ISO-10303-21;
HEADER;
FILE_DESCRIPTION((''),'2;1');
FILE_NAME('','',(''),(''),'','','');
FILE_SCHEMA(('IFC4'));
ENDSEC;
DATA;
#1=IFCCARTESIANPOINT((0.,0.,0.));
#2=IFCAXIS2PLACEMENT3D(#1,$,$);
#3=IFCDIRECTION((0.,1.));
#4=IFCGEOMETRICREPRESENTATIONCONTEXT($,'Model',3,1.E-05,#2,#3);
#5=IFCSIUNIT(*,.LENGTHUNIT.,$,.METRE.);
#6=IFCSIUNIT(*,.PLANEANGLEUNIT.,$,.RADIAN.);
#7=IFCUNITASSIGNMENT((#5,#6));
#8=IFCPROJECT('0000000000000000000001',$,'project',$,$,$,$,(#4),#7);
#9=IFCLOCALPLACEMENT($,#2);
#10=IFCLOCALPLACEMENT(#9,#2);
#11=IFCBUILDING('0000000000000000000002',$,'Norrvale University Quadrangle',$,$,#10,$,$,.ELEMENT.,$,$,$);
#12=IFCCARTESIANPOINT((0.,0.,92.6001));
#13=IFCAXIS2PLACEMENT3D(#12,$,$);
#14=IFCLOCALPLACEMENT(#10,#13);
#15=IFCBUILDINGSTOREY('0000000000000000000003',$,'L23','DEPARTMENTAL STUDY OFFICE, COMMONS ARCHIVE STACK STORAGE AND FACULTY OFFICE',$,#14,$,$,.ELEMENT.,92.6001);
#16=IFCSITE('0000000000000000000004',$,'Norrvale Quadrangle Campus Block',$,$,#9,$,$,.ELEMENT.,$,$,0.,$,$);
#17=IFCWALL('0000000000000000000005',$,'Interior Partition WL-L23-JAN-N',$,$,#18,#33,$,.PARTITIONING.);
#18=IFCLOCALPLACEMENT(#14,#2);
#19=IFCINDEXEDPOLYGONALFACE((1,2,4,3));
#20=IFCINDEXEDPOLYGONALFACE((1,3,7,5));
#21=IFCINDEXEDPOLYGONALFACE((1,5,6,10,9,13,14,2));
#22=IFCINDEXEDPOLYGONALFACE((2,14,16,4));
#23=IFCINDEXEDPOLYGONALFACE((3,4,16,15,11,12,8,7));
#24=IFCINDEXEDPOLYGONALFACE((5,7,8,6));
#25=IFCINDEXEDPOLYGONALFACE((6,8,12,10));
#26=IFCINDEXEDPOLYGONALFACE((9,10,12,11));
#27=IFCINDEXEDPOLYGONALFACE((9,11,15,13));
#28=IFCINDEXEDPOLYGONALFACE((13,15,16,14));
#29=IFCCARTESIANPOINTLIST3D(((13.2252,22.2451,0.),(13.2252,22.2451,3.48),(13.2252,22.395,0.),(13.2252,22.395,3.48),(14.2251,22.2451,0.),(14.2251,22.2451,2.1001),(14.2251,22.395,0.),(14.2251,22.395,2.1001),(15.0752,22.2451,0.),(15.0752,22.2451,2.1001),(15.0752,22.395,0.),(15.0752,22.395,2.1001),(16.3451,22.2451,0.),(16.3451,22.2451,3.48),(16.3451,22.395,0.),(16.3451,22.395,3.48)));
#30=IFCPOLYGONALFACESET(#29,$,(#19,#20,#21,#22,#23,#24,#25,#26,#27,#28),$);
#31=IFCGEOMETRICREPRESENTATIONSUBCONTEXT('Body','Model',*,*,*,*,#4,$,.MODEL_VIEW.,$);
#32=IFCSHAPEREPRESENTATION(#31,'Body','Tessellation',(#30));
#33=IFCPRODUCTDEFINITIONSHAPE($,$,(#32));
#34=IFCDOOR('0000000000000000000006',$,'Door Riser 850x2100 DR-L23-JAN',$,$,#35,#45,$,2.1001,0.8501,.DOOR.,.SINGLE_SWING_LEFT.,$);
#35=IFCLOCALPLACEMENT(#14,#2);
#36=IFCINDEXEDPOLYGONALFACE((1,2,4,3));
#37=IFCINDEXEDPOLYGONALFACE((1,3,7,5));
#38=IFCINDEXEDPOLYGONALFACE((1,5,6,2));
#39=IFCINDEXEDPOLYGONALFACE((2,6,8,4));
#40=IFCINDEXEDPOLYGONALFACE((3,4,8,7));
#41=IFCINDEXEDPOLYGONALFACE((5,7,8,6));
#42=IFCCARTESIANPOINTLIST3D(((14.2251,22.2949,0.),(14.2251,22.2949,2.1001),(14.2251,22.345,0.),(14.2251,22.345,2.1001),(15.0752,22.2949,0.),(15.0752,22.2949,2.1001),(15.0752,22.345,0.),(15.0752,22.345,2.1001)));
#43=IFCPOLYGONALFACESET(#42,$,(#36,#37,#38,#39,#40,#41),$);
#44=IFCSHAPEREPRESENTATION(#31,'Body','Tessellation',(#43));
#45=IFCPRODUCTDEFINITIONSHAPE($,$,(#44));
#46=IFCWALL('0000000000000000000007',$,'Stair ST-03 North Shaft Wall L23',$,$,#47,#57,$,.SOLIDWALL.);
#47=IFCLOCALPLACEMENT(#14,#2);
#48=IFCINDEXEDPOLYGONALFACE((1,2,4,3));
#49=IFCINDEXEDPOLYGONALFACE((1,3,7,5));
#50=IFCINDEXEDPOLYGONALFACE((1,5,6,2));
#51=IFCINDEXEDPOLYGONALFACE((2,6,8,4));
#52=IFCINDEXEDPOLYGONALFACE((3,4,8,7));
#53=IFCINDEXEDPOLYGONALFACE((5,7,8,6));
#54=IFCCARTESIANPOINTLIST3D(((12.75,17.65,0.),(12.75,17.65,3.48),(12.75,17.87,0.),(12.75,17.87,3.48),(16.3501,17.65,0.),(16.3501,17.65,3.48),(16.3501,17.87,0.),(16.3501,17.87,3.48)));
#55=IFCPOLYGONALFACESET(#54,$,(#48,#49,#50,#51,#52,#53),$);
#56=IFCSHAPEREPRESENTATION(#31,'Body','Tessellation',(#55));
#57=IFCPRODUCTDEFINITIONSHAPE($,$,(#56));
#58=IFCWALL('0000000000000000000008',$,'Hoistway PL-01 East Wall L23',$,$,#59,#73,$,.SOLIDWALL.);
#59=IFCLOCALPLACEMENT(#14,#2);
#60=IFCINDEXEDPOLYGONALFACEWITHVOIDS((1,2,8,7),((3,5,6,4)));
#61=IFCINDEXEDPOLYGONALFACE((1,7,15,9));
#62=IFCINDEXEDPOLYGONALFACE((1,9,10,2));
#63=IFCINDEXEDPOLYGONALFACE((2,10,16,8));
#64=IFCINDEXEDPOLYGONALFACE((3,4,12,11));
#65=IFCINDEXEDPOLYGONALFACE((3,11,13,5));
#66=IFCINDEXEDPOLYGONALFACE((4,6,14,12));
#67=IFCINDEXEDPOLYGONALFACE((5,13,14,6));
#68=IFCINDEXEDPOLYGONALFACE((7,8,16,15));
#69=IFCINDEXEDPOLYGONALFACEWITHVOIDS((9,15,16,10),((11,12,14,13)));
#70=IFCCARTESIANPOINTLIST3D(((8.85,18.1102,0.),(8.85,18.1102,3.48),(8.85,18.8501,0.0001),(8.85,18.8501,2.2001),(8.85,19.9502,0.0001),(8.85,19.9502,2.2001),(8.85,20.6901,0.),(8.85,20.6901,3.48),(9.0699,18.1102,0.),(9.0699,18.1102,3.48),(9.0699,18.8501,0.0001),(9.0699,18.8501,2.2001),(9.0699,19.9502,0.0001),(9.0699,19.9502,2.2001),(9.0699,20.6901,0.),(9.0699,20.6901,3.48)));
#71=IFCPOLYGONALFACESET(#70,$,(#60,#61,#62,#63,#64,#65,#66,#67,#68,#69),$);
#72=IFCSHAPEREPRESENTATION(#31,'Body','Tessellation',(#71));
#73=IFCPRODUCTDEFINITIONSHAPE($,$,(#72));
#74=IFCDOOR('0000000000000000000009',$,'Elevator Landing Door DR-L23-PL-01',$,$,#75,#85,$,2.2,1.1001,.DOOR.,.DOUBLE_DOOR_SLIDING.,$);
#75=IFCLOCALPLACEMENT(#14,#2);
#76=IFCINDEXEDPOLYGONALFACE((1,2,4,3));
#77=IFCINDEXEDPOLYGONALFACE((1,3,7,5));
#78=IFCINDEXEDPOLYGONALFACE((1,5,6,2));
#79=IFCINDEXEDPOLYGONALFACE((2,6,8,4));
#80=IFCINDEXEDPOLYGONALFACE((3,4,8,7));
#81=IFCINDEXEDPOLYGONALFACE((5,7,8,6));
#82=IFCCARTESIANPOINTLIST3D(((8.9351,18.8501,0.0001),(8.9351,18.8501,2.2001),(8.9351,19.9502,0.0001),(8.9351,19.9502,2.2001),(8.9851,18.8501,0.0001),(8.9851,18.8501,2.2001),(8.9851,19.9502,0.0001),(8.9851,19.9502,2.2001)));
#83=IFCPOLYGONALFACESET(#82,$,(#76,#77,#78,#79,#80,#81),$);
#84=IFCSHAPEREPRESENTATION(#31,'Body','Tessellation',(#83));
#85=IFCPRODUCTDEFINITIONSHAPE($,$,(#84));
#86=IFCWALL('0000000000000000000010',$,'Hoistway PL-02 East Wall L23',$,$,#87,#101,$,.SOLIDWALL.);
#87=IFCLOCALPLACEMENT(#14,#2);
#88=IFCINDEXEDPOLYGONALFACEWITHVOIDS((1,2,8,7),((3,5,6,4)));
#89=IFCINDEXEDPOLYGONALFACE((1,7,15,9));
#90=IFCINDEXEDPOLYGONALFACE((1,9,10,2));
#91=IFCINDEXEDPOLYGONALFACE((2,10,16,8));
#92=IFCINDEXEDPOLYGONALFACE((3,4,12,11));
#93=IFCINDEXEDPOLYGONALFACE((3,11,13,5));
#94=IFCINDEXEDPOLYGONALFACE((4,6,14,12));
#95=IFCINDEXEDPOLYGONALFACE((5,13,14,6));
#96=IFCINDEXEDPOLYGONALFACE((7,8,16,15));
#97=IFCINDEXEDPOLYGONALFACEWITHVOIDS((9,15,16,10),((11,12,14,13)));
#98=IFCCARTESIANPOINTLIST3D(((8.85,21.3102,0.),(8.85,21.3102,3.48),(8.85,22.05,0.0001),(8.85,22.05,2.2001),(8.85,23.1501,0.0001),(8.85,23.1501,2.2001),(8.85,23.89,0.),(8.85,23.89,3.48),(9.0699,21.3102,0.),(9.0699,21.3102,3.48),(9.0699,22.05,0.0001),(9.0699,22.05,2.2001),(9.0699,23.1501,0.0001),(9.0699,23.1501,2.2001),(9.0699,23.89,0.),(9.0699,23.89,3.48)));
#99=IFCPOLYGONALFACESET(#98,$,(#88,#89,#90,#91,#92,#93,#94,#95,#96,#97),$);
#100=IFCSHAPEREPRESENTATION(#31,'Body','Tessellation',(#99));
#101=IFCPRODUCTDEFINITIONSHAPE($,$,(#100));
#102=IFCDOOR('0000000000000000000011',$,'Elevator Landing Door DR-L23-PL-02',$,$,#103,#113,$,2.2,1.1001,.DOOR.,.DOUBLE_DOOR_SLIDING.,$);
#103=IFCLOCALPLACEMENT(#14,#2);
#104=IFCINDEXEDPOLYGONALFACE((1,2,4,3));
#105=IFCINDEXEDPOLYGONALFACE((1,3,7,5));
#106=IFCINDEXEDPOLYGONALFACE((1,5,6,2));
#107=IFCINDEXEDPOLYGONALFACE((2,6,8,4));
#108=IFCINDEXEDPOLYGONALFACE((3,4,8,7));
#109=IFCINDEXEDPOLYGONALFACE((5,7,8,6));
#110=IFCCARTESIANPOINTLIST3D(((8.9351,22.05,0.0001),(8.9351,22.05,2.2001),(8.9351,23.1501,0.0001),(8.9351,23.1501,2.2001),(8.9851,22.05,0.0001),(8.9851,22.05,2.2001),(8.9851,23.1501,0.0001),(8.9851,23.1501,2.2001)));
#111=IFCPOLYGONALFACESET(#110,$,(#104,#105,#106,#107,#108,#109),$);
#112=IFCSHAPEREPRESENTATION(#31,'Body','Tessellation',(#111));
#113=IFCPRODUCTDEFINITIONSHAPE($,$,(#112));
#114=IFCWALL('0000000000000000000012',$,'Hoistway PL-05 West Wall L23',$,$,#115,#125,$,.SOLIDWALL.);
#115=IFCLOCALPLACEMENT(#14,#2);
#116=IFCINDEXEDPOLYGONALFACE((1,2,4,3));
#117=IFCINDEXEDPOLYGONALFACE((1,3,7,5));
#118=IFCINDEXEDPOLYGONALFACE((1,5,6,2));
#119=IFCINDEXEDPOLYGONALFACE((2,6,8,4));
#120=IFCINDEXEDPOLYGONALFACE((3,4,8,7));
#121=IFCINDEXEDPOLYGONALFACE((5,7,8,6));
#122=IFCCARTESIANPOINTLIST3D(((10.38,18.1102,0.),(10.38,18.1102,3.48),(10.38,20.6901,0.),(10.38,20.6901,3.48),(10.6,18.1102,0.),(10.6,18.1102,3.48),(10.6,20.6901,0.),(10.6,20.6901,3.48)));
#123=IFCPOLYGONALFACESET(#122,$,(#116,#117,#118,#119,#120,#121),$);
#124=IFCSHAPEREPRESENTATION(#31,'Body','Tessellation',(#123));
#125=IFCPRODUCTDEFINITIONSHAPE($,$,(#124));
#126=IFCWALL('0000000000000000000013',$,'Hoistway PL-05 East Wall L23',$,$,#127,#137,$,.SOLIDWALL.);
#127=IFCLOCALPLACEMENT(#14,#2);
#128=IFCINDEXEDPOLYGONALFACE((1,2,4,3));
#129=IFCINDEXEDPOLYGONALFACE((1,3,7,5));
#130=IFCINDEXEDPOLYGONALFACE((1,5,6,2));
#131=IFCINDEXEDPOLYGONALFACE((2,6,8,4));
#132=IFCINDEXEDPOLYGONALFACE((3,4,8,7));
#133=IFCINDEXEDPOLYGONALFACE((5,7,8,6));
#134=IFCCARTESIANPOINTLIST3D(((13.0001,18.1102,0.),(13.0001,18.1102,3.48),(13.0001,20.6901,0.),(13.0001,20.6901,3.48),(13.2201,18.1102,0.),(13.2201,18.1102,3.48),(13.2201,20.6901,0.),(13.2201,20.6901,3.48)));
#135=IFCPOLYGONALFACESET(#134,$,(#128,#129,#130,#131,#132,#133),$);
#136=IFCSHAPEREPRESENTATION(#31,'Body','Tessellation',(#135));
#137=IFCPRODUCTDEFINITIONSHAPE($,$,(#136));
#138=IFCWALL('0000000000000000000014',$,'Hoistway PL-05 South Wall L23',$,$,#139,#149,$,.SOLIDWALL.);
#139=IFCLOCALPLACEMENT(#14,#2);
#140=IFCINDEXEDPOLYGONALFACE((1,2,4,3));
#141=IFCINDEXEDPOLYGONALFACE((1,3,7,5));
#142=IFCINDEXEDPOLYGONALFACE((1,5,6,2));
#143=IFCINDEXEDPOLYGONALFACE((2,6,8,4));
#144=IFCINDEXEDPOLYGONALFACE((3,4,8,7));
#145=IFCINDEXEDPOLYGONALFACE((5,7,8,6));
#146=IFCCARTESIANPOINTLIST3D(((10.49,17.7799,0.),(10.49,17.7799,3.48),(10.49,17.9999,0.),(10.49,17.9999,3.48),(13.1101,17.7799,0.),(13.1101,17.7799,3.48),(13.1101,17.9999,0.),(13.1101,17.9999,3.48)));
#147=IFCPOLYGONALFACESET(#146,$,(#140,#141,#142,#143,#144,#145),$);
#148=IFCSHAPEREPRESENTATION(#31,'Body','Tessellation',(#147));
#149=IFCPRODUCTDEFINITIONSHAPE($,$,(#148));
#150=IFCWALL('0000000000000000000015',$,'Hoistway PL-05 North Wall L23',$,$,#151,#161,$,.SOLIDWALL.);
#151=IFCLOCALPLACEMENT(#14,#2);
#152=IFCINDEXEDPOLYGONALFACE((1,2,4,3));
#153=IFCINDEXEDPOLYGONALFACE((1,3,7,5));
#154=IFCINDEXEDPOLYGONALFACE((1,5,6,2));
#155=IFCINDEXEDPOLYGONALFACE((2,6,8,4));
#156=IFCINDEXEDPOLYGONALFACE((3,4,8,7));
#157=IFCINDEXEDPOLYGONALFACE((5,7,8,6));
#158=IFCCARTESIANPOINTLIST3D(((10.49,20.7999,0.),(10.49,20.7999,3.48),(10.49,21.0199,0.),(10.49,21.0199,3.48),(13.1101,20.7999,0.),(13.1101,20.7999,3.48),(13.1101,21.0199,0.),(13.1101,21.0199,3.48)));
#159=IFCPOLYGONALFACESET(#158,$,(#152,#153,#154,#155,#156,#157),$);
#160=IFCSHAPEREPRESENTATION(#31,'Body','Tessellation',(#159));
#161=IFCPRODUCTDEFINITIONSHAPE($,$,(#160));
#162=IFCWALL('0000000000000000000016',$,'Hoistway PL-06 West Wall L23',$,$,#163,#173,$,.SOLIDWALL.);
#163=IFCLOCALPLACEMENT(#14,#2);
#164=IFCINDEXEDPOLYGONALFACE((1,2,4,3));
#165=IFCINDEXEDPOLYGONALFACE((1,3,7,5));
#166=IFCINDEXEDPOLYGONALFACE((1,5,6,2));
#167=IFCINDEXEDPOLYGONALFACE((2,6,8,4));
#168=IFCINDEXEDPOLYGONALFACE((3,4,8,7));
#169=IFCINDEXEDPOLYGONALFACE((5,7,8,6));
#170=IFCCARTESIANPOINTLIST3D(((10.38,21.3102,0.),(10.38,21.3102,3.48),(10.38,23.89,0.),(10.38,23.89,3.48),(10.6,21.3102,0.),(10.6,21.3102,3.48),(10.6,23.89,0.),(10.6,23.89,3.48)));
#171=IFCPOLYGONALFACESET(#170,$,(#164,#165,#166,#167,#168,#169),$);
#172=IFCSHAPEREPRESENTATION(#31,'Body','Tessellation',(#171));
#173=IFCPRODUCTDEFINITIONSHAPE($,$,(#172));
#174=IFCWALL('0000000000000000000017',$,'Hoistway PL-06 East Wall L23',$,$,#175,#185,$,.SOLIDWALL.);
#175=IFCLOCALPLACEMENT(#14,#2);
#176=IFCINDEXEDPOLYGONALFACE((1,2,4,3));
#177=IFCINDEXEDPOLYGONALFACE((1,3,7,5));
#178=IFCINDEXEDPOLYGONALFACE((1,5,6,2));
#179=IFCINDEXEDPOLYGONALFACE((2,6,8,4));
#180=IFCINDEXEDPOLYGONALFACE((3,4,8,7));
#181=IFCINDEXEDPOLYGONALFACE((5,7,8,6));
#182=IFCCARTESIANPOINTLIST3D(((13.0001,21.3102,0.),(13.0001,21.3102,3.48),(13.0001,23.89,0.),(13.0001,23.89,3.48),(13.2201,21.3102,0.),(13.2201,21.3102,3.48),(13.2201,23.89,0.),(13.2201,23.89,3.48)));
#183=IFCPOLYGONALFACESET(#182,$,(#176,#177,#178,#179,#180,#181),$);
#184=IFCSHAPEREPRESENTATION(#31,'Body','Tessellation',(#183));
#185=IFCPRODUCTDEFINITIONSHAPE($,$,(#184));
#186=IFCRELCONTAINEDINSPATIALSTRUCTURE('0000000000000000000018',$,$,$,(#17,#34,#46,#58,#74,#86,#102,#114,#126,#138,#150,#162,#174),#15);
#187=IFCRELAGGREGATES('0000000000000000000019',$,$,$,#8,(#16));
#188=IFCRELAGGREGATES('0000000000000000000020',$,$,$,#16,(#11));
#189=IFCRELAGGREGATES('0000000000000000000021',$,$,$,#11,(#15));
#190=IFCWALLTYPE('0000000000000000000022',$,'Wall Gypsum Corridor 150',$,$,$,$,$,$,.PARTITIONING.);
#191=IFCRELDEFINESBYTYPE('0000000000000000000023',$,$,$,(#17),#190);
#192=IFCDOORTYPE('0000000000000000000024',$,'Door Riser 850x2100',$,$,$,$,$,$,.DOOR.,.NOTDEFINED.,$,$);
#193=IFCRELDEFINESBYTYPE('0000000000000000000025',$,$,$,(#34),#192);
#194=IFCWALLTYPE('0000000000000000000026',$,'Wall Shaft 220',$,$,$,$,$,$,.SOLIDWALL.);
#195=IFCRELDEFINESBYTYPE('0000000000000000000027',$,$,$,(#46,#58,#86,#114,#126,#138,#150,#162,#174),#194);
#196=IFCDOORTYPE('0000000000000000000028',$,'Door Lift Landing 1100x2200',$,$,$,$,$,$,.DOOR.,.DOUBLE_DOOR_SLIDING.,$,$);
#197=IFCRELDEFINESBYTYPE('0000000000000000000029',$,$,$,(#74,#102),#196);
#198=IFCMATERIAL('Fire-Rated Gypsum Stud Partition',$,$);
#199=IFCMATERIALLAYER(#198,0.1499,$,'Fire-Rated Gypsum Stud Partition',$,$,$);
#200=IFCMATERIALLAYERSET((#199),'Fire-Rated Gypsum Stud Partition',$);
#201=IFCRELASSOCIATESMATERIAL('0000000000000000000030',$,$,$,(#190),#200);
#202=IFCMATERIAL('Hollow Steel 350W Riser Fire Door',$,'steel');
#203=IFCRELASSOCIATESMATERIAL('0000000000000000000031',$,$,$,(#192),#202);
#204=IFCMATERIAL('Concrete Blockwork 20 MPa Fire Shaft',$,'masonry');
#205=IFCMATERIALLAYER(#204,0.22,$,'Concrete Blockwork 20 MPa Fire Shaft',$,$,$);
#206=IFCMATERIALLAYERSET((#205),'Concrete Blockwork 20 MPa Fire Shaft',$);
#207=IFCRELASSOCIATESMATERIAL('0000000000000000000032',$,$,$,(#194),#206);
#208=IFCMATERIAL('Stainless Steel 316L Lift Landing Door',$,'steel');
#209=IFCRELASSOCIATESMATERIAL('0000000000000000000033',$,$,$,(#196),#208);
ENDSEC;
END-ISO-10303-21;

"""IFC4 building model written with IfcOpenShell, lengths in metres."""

from ifc_helpers import new_model, si_unit, direction, frame, frame_2d, origin, place, context, subcontext, project, spatial, rectangle, extrude, material, layer, layer_set, type_object, element, fill, save


model = new_model("IFC4")

# Units and contexts
model_context = context("Model", 3, precision=1e-05, world=origin(), true_north=direction((0.0, 1.0)))
body_context = subcontext(model_context, "Body", "Model", "MODEL_VIEW")
ifc_project = project(units=[si_unit("LENGTHUNIT", "METRE"), si_unit("PLANEANGLEUNIT", "RADIAN")], contexts=[model_context])

# Site, building, storey
site_placement = place(None, origin())
site = spatial("IfcSite", under=ifc_project, at=site_placement, Name="Norrvale Quadrangle Campus Block", CompositionType="ELEMENT", RefElevation=0.0)
building_placement = place(site_placement, origin())
building = spatial("IfcBuilding", under=site, at=building_placement, Name="Norrvale University Quadrangle", CompositionType="ELEMENT")
storey_placement = place(building_placement, frame((0.0, 0.0, 92.6001)))
storey = spatial("IfcBuildingStorey", under=building, at=storey_placement, Name="L23", Description="DEPARTMENTAL STUDY OFFICE, COMMONS ARCHIVE STACK STORAGE AND FACULTY OFFICE", CompositionType="ELEMENT", Elevation=92.6001)

# Shared definitions
ifc_material_1 = material(Name="Fire-Rated Gypsum Stud Partition")
ifc_layer_1 = layer(ifc_material_1, 0.1499, Name="Fire-Rated Gypsum Stud Partition")
ifc_layer_set_1 = layer_set([ifc_layer_1], Name="Fire-Rated Gypsum Stud Partition")
wall_type_1 = type_object("IfcWallType", Name="Wall Gypsum Corridor 150", PredefinedType="PARTITIONING", material=ifc_layer_set_1)
ifc_material_2 = material(Name="Hollow Steel 350W Riser Fire Door", Category="steel")
door_type_1 = type_object("IfcDoorType", Name="Door Riser 850x2100", OperationType="NOTDEFINED", PredefinedType="DOOR", material=ifc_material_2)

# Wall, opening, door
wall_1_placement = place(storey_placement, frame((13.2251, 22.3201, 0.0), z_axis=(0.0, 0.0, 1.0), x_axis=(1.0, 0.0, 0.0)))
wall_1 = element("IfcWall", 1, at=wall_1_placement, inside=storey, type_object=wall_type_1, Name="Interior Partition WL-L23-JAN-N", PredefinedType="PARTITIONING", context=body_context, shape_type="SweptSolid", body=[
    extrude(rectangle(XDim=3.1199, YDim=0.1499, at=frame_2d((1.5601, 0.0))), origin(), (0.0, 0.0, 1.0), 3.48),
])
opening_1_placement = place(wall_1_placement, frame((1.0, 0.0, 0.0)))
opening_1 = element("IfcOpeningElement", 2, at=opening_1_placement, cuts=wall_1, PredefinedType="OPENING", context=body_context, shape_type="SweptSolid", body=[
    extrude(rectangle(XDim=0.8501, YDim=2.1001, at=frame_2d((0.425, 1.05))), frame((0.0, 0.0869, 0.0), z_axis=(0.0, -1.0, 0.0), x_axis=(1.0, 0.0, 0.0)), (0.0, 0.0, 1.0), 0.1738),
])
door_1_placement = place(opening_1_placement, origin())
door_1 = element("IfcDoor", 3, at=door_1_placement, inside=storey, type_object=door_type_1, Name="Door Riser 850x2100 DR-L23-JAN", OperationType="SINGLE_SWING_LEFT", OverallHeight=2.1001, OverallWidth=0.8501, PredefinedType="DOOR", context=body_context, shape_type="SweptSolid", body=[
    extrude(rectangle(XDim=0.8501, YDim=2.1001, at=frame_2d((0.425, 1.05))), frame((0.0, 0.0249, 0.0), z_axis=(0.0, -1.0, 0.0), x_axis=(1.0, 0.0, 0.0)), (0.0, 0.0, 1.0), 0.05),
])
fill(opening_1, door_1)

# Wall
ifc_material_3 = material(Name="Concrete Blockwork 20 MPa Fire Shaft", Category="masonry")
ifc_layer_2 = layer(ifc_material_3, 0.22, Name="Concrete Blockwork 20 MPa Fire Shaft")
ifc_layer_set_2 = layer_set([ifc_layer_2], Name="Concrete Blockwork 20 MPa Fire Shaft")
wall_type_2 = type_object("IfcWallType", Name="Wall Shaft 220", PredefinedType="SOLIDWALL", material=ifc_layer_set_2)
wall_2_placement = place(storey_placement, frame((12.75, 17.76, 0.0), z_axis=(0.0, 0.0, 1.0), x_axis=(1.0, 0.0, 0.0)))
element("IfcWall", 4, at=wall_2_placement, inside=storey, type_object=wall_type_2, Name="Stair ST-03 North Shaft Wall L23", PredefinedType="SOLIDWALL", context=body_context, shape_type="SweptSolid", body=[
    extrude(rectangle(XDim=3.6001, YDim=0.22, at=frame_2d((1.8, 0.0))), origin(), (0.0, 0.0, 1.0), 3.48),
])

# Walls, openings, doors
wall_3_placement = place(storey_placement, frame((8.96, 18.1101, 0.0), z_axis=(0.0, 0.0, 1.0), x_axis=(0.0, 1.0, 0.0)))
wall_3 = element("IfcWall", 5, at=wall_3_placement, inside=storey, type_object=wall_type_2, Name="Hoistway PL-01 East Wall L23", PredefinedType="SOLIDWALL", context=body_context, shape_type="SweptSolid", body=[
    extrude(rectangle(XDim=2.5798, YDim=0.22, at=frame_2d((1.29, 0.0))), origin(), (0.0, 0.0, 1.0), 3.48),
])
opening_2_placement = place(wall_3_placement, frame((0.74, 0.0, 0.0)))
opening_2 = element("IfcOpeningElement", 6, at=opening_2_placement, cuts=wall_3, PredefinedType="OPENING", context=body_context, shape_type="SweptSolid", body=[
    extrude(rectangle(XDim=1.1001, YDim=2.2, at=frame_2d((0.55, 1.1001))), frame((0.0, 0.1221, 0.0), z_axis=(0.0, -1.0, 0.0), x_axis=(1.0, 0.0, 0.0)), (0.0, 0.0, 1.0), 0.2439),
])
ifc_material_4 = material(Name="Stainless Steel 316L Lift Landing Door", Category="steel")
door_type_2 = type_object("IfcDoorType", Name="Door Lift Landing 1100x2200", OperationType="DOUBLE_DOOR_SLIDING", PredefinedType="DOOR", material=ifc_material_4)
door_2_placement = place(opening_2_placement, origin())
door_2 = element("IfcDoor", 7, at=door_2_placement, inside=storey, type_object=door_type_2, Name="Elevator Landing Door DR-L23-PL-01", OperationType="DOUBLE_DOOR_SLIDING", OverallHeight=2.2, OverallWidth=1.1001, PredefinedType="DOOR", context=body_context, shape_type="SweptSolid", body=[
    extrude(rectangle(XDim=1.1001, YDim=2.2, at=frame_2d((0.55, 1.1001))), frame((0.0, 0.0249, 0.0), z_axis=(0.0, -1.0, 0.0), x_axis=(1.0, 0.0, 0.0)), (0.0, 0.0, 1.0), 0.05),
])
fill(opening_2, door_2)
wall_4_placement = place(storey_placement, frame((8.96, 21.3101, 0.0), z_axis=(0.0, 0.0, 1.0), x_axis=(0.0, 1.0, 0.0)))
wall_4 = element("IfcWall", 8, at=wall_4_placement, inside=storey, type_object=wall_type_2, Name="Hoistway PL-02 East Wall L23", PredefinedType="SOLIDWALL", context=body_context, shape_type="SweptSolid", body=[
    extrude(rectangle(XDim=2.5798, YDim=0.22, at=frame_2d((1.29, 0.0))), origin(), (0.0, 0.0, 1.0), 3.48),
])
opening_3_placement = place(wall_4_placement, frame((0.74, 0.0, 0.0)))
opening_3 = element("IfcOpeningElement", 9, at=opening_3_placement, cuts=wall_4, PredefinedType="OPENING", context=body_context, shape_type="SweptSolid", body=[
    extrude(rectangle(XDim=1.1001, YDim=2.2, at=frame_2d((0.55, 1.1001))), frame((0.0, 0.1221, 0.0), z_axis=(0.0, -1.0, 0.0), x_axis=(1.0, 0.0, 0.0)), (0.0, 0.0, 1.0), 0.2439),
])
door_3_placement = place(opening_3_placement, origin())
door_3 = element("IfcDoor", 10, at=door_3_placement, inside=storey, type_object=door_type_2, Name="Elevator Landing Door DR-L23-PL-02", OperationType="DOUBLE_DOOR_SLIDING", OverallHeight=2.2, OverallWidth=1.1001, PredefinedType="DOOR", context=body_context, shape_type="SweptSolid", body=[
    extrude(rectangle(XDim=1.1001, YDim=2.2, at=frame_2d((0.55, 1.1001))), frame((0.0, 0.0249, 0.0), z_axis=(0.0, -1.0, 0.0), x_axis=(1.0, 0.0, 0.0)), (0.0, 0.0, 1.0), 0.05),
])
fill(opening_3, door_3)

# Walls
for number, where, z_axis, x_axis, name in (
    (11, (10.49, 18.1101, 0.0), (0.0, 0.0, 1.0), (0.0, 1.0, 0.0), "Hoistway PL-05 West Wall L23"),
    (12, (13.1101, 18.1101, 0.0), (0.0, 0.0, 1.0), (0.0, 1.0, 0.0), "Hoistway PL-05 East Wall L23"),
):
    element("IfcWall", number, at=place(storey_placement, frame(where, z_axis=z_axis, x_axis=x_axis)), inside=storey, type_object=wall_type_2, Name=name, PredefinedType="SOLIDWALL", context=body_context, shape_type="SweptSolid", body=[
        extrude(rectangle(XDim=2.5798, YDim=0.22, at=frame_2d((1.29, 0.0))), origin(), (0.0, 0.0, 1.0), 3.48),
    ])
for number, where, z_axis, x_axis, name in (
    (13, (10.49, 17.8899, 0.0), (0.0, 0.0, 1.0), (1.0, 0.0, 0.0), "Hoistway PL-05 South Wall L23"),
    (14, (10.49, 20.9099, 0.0), (0.0, 0.0, 1.0), (1.0, 0.0, 0.0), "Hoistway PL-05 North Wall L23"),
):
    element("IfcWall", number, at=place(storey_placement, frame(where, z_axis=z_axis, x_axis=x_axis)), inside=storey, type_object=wall_type_2, Name=name, PredefinedType="SOLIDWALL", context=body_context, shape_type="SweptSolid", body=[
        extrude(rectangle(XDim=2.6201, YDim=0.22, at=frame_2d((1.3101, 0.0))), origin(), (0.0, 0.0, 1.0), 3.48),
    ])
for number, where, z_axis, x_axis, name in (
    (15, (10.49, 21.3101, 0.0), (0.0, 0.0, 1.0), (0.0, 1.0, 0.0), "Hoistway PL-06 West Wall L23"),
    (16, (13.1101, 21.3101, 0.0), (0.0, 0.0, 1.0), (0.0, 1.0, 0.0), "Hoistway PL-06 East Wall L23"),
):
    element("IfcWall", number, at=place(storey_placement, frame(where, z_axis=z_axis, x_axis=x_axis)), inside=storey, type_object=wall_type_2, Name=name, PredefinedType="SOLIDWALL", context=body_context, shape_type="SweptSolid", body=[
        extrude(rectangle(XDim=2.5798, YDim=0.22, at=frame_2d((1.29, 0.0))), origin(), (0.0, 0.0, 1.0), 3.48),
    ])

save(model, "model.ifc")
